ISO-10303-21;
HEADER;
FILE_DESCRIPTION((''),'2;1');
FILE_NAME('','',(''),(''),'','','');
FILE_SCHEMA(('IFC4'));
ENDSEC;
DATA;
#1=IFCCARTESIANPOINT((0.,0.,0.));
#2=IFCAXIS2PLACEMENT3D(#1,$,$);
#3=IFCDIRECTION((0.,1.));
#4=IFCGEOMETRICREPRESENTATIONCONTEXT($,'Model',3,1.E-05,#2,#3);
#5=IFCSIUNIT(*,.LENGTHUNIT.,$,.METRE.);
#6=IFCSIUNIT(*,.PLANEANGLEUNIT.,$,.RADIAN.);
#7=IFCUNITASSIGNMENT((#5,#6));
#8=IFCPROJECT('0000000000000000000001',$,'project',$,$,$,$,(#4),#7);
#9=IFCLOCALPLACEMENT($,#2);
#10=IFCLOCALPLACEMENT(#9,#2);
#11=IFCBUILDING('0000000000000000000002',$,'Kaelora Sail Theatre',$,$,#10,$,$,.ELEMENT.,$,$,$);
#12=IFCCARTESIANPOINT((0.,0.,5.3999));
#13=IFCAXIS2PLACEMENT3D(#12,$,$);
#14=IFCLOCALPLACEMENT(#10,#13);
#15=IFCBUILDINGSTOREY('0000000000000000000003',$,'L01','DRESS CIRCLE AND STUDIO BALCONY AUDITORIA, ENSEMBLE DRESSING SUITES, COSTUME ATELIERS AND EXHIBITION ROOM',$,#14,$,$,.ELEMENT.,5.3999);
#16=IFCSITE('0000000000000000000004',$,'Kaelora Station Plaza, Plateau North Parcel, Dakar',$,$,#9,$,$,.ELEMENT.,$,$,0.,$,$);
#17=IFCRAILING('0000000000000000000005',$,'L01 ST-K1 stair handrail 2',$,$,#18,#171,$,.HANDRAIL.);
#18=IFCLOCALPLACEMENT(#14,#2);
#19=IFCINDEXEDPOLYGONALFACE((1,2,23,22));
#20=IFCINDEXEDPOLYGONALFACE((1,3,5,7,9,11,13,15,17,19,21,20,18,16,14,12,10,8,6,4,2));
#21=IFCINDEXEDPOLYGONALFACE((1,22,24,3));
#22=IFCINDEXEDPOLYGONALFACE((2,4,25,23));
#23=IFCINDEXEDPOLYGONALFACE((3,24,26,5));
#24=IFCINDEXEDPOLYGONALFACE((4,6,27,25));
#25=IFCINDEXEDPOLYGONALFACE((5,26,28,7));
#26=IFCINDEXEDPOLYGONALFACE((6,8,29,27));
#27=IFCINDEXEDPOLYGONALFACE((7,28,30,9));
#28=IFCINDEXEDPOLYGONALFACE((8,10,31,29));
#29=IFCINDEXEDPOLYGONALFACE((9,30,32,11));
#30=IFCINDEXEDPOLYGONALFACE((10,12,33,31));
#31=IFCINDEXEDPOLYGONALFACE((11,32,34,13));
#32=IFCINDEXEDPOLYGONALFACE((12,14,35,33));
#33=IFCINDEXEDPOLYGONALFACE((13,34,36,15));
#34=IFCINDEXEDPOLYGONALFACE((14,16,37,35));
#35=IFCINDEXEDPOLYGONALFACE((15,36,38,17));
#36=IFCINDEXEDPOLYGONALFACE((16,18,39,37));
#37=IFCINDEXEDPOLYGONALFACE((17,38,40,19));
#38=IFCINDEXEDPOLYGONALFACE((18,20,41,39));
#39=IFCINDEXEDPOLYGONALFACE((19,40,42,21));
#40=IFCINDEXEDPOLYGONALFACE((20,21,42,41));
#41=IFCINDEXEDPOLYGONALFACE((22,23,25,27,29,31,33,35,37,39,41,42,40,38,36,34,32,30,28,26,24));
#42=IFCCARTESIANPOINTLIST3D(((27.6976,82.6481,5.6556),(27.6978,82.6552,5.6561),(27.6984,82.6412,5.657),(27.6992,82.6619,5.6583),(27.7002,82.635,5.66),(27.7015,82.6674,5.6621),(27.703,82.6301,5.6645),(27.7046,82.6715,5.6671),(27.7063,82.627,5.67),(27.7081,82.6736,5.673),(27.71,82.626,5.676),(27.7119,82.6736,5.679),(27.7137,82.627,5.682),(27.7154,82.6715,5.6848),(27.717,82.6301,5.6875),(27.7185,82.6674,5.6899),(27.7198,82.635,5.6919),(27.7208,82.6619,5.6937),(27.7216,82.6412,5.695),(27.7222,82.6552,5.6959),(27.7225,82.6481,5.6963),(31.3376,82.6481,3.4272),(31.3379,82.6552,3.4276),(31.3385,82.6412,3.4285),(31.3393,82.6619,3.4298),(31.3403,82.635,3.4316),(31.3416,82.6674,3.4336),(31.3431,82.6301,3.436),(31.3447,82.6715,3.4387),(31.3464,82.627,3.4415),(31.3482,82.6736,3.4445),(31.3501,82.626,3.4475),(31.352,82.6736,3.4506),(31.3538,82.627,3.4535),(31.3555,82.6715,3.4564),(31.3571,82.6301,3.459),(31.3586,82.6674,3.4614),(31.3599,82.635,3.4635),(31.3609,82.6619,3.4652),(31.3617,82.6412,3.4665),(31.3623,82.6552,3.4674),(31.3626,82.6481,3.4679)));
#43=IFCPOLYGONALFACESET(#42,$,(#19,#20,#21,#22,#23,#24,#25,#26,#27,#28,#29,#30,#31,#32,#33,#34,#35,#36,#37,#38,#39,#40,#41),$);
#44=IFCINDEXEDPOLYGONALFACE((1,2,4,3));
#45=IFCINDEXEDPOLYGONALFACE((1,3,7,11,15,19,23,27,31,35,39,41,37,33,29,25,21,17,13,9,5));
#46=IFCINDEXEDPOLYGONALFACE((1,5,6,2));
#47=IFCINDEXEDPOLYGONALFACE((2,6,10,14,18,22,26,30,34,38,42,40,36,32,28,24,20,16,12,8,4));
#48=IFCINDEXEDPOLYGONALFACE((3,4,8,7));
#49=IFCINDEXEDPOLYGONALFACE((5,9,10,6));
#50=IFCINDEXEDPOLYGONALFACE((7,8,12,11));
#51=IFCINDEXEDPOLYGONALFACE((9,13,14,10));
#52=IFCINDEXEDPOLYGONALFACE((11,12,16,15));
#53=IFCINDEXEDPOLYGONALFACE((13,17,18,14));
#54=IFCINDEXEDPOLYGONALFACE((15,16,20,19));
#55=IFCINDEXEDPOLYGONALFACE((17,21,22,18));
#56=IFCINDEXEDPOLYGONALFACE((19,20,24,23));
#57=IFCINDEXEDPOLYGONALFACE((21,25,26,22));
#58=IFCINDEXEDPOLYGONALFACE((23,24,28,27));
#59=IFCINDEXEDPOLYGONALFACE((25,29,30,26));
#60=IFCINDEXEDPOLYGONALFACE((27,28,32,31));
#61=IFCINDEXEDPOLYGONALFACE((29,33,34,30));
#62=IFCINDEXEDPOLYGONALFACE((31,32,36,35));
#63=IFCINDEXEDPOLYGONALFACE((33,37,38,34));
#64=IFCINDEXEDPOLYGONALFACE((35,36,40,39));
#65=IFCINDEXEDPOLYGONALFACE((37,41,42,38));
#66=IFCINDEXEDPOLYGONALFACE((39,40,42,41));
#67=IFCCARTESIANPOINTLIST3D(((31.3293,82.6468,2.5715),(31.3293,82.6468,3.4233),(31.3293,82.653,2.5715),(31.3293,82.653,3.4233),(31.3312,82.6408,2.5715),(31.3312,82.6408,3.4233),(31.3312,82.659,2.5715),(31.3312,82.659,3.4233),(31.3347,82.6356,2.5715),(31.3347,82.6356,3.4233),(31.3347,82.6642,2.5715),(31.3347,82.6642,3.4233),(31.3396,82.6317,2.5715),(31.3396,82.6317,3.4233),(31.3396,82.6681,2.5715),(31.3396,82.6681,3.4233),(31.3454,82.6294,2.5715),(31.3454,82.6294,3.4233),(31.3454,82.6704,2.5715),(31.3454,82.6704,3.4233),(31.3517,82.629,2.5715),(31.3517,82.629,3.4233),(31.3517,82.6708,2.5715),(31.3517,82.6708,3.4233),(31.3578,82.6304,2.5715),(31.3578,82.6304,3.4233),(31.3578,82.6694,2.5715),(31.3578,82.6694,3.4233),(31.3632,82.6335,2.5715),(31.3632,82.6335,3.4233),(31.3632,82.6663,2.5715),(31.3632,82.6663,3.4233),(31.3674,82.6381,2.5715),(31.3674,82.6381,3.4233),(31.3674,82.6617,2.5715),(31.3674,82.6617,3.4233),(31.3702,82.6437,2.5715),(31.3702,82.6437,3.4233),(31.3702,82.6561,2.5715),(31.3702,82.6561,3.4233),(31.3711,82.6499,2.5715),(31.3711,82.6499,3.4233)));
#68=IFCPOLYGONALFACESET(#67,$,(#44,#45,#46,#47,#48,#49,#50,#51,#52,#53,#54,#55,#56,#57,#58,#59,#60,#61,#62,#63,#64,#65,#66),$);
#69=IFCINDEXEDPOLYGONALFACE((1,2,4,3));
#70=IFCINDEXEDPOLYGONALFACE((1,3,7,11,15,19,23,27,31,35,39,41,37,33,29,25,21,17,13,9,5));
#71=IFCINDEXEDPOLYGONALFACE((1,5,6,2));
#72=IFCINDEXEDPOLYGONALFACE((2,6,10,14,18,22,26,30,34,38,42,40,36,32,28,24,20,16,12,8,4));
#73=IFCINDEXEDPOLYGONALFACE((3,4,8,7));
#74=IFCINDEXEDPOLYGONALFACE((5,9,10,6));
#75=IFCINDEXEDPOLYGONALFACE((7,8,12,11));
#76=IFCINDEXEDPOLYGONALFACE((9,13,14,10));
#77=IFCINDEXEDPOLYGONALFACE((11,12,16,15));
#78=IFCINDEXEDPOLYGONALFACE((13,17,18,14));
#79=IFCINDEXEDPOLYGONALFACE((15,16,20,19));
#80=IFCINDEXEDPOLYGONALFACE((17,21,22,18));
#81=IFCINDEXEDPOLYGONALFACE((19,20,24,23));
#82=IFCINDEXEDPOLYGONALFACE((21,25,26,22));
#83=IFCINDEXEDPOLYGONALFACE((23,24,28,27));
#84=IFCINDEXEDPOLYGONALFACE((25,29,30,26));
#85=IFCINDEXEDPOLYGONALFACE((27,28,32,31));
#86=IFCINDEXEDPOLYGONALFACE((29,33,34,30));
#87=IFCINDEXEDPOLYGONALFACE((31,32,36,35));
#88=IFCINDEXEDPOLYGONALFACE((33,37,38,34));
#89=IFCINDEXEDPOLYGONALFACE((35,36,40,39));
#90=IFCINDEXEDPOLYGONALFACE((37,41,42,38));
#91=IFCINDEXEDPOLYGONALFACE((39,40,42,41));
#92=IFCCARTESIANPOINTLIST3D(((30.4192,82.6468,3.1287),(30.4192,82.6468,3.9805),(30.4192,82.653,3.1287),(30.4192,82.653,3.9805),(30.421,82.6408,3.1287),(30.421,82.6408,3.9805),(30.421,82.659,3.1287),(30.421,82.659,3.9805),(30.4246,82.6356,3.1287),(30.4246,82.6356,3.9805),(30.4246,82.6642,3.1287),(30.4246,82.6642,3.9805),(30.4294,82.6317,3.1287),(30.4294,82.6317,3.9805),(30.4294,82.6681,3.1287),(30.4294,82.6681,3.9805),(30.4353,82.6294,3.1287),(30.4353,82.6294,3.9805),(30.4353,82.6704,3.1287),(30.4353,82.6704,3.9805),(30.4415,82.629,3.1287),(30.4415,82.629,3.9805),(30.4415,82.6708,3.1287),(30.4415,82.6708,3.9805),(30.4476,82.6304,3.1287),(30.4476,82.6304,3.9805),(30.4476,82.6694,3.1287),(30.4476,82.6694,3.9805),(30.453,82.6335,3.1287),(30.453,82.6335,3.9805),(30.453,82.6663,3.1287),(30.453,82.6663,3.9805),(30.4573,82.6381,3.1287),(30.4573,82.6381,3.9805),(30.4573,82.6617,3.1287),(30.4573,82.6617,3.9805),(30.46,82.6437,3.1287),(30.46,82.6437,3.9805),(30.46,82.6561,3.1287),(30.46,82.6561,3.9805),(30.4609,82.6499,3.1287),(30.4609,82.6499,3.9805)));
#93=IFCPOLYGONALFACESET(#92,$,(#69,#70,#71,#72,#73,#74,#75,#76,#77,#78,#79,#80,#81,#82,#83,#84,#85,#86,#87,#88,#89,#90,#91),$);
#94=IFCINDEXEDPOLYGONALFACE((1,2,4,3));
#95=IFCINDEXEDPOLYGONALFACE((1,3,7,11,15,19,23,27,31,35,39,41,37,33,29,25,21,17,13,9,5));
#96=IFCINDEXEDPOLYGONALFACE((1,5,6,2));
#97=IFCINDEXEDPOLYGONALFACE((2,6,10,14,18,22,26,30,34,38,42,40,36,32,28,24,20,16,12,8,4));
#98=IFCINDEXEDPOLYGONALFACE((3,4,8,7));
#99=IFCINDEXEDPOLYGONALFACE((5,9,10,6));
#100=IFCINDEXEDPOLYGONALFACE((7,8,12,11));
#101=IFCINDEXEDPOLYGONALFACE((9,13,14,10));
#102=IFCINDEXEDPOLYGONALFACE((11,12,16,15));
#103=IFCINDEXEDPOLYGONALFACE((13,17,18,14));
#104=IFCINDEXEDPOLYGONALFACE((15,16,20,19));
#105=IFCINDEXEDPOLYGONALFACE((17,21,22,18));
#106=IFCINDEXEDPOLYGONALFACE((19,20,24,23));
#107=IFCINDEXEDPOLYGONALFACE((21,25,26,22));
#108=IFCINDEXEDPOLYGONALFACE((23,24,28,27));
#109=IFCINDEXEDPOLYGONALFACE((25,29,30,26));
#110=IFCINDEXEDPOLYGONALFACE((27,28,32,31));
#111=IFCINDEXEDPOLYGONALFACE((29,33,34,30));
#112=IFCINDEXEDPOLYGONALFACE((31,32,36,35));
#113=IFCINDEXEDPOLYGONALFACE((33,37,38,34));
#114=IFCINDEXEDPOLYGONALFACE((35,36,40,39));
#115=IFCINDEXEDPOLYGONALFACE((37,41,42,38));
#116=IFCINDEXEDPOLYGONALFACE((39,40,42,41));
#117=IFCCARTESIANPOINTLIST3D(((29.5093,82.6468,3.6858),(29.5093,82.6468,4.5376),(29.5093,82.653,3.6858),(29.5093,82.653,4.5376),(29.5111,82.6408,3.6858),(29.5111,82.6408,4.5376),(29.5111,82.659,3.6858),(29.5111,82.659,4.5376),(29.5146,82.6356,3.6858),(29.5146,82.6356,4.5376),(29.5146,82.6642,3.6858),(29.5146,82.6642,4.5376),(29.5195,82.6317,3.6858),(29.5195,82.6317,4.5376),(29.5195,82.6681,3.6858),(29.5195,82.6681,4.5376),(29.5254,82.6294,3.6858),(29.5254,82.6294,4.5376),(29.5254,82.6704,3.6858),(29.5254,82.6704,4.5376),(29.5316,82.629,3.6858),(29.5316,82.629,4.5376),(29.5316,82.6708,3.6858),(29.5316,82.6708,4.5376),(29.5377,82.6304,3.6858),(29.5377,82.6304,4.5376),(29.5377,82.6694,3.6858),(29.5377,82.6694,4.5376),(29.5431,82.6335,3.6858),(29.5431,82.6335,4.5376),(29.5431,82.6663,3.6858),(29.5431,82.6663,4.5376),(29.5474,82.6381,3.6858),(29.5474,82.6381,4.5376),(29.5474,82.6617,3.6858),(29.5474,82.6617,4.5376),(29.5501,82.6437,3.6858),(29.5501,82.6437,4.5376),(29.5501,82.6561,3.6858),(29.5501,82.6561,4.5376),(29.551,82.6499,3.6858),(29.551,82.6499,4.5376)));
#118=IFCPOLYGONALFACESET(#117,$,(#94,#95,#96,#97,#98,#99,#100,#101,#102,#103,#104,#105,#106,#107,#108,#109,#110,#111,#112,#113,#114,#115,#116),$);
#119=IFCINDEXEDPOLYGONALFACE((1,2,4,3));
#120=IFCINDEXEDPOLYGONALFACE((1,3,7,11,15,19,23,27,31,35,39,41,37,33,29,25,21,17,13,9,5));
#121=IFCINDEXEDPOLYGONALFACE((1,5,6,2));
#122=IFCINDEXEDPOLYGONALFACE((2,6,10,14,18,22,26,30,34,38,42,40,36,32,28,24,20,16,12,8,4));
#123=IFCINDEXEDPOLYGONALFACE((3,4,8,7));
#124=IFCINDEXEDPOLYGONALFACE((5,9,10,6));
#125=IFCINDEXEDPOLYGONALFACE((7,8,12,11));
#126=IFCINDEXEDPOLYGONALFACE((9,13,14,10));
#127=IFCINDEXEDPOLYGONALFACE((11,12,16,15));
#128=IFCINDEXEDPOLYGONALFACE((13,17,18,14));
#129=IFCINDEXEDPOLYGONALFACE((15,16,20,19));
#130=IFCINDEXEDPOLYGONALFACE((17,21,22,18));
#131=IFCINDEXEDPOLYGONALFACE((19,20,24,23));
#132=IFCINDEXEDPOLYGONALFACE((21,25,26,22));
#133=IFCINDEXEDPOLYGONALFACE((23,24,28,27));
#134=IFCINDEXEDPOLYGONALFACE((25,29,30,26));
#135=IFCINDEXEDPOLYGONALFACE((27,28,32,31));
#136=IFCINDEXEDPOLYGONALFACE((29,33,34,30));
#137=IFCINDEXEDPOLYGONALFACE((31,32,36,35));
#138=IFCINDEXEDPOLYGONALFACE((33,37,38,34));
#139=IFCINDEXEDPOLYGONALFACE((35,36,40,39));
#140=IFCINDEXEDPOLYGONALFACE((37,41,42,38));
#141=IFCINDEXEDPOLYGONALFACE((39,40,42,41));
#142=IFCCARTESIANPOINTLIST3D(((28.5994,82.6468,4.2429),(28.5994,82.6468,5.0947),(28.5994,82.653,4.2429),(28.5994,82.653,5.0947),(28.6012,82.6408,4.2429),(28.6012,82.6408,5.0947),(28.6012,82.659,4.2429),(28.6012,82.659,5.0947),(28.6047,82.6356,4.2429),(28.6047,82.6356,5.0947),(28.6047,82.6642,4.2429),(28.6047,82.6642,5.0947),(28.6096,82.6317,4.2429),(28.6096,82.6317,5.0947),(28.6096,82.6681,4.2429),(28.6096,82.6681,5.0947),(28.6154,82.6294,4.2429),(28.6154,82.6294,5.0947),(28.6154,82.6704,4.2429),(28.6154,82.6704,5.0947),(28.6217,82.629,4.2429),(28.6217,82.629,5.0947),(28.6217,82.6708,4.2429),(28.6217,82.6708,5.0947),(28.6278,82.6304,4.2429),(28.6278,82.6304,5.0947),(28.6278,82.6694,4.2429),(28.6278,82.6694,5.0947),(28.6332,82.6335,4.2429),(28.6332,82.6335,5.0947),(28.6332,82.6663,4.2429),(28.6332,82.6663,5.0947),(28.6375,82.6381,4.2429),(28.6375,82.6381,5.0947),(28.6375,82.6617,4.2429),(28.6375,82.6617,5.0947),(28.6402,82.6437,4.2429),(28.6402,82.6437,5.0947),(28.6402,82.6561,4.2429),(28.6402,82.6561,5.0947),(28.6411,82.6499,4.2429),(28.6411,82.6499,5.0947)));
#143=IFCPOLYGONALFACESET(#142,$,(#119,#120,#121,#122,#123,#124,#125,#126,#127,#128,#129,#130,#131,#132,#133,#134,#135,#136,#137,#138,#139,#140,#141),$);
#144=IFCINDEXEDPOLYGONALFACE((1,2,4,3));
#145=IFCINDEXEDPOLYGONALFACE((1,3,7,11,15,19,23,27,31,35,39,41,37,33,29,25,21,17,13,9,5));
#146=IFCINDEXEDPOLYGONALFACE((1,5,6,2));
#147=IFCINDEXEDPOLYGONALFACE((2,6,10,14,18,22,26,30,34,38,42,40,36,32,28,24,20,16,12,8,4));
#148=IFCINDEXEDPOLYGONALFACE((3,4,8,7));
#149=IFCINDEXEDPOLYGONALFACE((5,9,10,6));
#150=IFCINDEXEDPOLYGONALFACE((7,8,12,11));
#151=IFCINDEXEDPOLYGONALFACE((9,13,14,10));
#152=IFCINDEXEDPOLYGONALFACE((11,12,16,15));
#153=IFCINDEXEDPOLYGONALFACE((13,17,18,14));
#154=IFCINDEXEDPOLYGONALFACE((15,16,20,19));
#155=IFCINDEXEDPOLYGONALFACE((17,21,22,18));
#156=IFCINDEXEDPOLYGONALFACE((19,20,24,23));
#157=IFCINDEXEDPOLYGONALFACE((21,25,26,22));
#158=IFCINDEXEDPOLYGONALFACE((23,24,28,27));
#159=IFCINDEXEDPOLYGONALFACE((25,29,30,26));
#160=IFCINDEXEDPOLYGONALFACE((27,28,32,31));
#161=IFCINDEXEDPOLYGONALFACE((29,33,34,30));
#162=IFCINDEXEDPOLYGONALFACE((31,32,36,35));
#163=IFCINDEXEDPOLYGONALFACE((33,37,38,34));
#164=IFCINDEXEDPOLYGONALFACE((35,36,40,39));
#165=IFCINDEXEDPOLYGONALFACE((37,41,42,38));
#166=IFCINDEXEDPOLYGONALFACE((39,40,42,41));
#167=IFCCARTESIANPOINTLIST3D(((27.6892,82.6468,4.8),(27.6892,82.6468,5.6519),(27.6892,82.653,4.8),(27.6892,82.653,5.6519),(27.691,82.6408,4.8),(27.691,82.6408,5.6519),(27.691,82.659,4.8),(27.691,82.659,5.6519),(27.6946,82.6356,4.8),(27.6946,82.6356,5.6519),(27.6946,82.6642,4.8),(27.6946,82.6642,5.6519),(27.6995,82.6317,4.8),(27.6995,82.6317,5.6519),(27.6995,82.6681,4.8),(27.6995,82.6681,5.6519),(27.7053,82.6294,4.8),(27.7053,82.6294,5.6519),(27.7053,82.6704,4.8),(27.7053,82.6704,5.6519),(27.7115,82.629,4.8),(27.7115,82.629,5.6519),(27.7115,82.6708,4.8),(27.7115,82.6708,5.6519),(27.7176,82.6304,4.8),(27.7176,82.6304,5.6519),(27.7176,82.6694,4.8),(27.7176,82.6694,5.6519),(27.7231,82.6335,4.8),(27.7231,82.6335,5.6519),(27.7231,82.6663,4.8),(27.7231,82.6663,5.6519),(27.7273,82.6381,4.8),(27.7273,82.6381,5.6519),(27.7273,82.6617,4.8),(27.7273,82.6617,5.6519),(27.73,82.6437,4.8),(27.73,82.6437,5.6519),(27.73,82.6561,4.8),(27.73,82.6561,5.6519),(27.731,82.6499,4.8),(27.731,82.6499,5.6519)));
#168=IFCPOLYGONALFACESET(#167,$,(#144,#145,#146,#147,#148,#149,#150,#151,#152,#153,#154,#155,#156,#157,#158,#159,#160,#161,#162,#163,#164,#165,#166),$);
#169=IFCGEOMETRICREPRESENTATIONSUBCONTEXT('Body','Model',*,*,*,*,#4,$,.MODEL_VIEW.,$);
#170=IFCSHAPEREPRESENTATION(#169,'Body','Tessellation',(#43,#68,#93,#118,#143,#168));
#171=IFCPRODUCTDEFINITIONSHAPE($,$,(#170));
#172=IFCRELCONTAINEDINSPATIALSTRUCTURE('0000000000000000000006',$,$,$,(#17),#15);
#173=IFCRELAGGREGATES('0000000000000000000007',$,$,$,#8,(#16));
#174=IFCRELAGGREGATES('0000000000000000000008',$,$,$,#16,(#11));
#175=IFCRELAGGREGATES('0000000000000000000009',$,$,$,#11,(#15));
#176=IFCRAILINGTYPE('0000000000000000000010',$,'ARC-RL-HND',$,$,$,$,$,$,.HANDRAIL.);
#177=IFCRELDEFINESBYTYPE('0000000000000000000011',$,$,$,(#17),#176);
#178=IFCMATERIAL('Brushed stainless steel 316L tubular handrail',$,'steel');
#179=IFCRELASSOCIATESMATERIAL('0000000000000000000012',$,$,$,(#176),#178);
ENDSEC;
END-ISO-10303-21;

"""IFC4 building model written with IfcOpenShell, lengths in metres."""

from ifc_helpers import new_model, si_unit, direction, frame, origin, origin_2d, place, context, subcontext, project, spatial, circle, extrude, material, type_object, element, save


model = new_model("IFC4")

# Units and contexts
model_context = context("Model", 3, precision=1e-05, world=origin(), true_north=direction((0.0, 1.0)))
body_context = subcontext(model_context, "Body", "Model", "MODEL_VIEW")
ifc_project = project(units=[si_unit("LENGTHUNIT", "METRE"), si_unit("PLANEANGLEUNIT", "RADIAN")], contexts=[model_context])

# Site, building, storey
site_placement = place(None, origin())
site = spatial("IfcSite", under=ifc_project, at=site_placement, Name="Kaelora Station Plaza, Plateau North Parcel, Dakar", CompositionType="ELEMENT", RefElevation=0.0)
building_placement = place(site_placement, origin())
building = spatial("IfcBuilding", under=site, at=building_placement, Name="Kaelora Sail Theatre", CompositionType="ELEMENT")
storey_placement = place(building_placement, frame((0.0, 0.0, 5.3999)))
storey = spatial("IfcBuildingStorey", under=building, at=storey_placement, Name="L01", Description="DRESS CIRCLE AND STUDIO BALCONY AUDITORIA, ENSEMBLE DRESSING SUITES, COSTUME ATELIERS AND EXHIBITION ROOM", CompositionType="ELEMENT", Elevation=5.3999)

# Railing
ifc_material_1 = material(Name="Brushed stainless steel 316L tubular handrail", Category="steel")
railing_type_1 = type_object("IfcRailingType", Name="ARC-RL-HND", PredefinedType="HANDRAIL", material=ifc_material_1)
railing_1_placement = place(storey_placement, frame((31.3501, 82.6499, 2.5715)))
element("IfcRailing", 1, at=railing_1_placement, inside=storey, type_object=railing_type_1, Name="L01 ST-K1 stair handrail 2", PredefinedType="HANDRAIL", context=body_context, shape_type="SweptSolid", body=[
    extrude(circle(Radius=0.0239, at=origin_2d()), frame((0.0, 0.0, 0.876), z_axis=(-0.852866, 0.0, 0.52213), x_axis=(0.0, -1.0, 0.0)), (0.0, 0.0, 1.0), 4.2681),
    extrude(circle(Radius=0.021, at=origin_2d()), origin(), (0.0, 0.0, 1.0), 0.8518),
    extrude(circle(Radius=0.021, at=origin_2d()), frame((-0.9102, 0.0, 0.5571)), (0.0, 0.0, 1.0), 0.8518),
    extrude(circle(Radius=0.021, at=origin_2d()), frame((-1.8201, 0.0, 1.1143)), (0.0, 0.0, 1.0), 0.8518),
    extrude(circle(Radius=0.021, at=origin_2d()), frame((-2.73, 0.0, 1.6714)), (0.0, 0.0, 1.0), 0.8518),
    extrude(circle(Radius=0.021, at=origin_2d()), frame((-3.6401, 0.0, 2.2285)), (0.0, 0.0, 1.0), 0.8518),
])

save(model, "model.ifc")
